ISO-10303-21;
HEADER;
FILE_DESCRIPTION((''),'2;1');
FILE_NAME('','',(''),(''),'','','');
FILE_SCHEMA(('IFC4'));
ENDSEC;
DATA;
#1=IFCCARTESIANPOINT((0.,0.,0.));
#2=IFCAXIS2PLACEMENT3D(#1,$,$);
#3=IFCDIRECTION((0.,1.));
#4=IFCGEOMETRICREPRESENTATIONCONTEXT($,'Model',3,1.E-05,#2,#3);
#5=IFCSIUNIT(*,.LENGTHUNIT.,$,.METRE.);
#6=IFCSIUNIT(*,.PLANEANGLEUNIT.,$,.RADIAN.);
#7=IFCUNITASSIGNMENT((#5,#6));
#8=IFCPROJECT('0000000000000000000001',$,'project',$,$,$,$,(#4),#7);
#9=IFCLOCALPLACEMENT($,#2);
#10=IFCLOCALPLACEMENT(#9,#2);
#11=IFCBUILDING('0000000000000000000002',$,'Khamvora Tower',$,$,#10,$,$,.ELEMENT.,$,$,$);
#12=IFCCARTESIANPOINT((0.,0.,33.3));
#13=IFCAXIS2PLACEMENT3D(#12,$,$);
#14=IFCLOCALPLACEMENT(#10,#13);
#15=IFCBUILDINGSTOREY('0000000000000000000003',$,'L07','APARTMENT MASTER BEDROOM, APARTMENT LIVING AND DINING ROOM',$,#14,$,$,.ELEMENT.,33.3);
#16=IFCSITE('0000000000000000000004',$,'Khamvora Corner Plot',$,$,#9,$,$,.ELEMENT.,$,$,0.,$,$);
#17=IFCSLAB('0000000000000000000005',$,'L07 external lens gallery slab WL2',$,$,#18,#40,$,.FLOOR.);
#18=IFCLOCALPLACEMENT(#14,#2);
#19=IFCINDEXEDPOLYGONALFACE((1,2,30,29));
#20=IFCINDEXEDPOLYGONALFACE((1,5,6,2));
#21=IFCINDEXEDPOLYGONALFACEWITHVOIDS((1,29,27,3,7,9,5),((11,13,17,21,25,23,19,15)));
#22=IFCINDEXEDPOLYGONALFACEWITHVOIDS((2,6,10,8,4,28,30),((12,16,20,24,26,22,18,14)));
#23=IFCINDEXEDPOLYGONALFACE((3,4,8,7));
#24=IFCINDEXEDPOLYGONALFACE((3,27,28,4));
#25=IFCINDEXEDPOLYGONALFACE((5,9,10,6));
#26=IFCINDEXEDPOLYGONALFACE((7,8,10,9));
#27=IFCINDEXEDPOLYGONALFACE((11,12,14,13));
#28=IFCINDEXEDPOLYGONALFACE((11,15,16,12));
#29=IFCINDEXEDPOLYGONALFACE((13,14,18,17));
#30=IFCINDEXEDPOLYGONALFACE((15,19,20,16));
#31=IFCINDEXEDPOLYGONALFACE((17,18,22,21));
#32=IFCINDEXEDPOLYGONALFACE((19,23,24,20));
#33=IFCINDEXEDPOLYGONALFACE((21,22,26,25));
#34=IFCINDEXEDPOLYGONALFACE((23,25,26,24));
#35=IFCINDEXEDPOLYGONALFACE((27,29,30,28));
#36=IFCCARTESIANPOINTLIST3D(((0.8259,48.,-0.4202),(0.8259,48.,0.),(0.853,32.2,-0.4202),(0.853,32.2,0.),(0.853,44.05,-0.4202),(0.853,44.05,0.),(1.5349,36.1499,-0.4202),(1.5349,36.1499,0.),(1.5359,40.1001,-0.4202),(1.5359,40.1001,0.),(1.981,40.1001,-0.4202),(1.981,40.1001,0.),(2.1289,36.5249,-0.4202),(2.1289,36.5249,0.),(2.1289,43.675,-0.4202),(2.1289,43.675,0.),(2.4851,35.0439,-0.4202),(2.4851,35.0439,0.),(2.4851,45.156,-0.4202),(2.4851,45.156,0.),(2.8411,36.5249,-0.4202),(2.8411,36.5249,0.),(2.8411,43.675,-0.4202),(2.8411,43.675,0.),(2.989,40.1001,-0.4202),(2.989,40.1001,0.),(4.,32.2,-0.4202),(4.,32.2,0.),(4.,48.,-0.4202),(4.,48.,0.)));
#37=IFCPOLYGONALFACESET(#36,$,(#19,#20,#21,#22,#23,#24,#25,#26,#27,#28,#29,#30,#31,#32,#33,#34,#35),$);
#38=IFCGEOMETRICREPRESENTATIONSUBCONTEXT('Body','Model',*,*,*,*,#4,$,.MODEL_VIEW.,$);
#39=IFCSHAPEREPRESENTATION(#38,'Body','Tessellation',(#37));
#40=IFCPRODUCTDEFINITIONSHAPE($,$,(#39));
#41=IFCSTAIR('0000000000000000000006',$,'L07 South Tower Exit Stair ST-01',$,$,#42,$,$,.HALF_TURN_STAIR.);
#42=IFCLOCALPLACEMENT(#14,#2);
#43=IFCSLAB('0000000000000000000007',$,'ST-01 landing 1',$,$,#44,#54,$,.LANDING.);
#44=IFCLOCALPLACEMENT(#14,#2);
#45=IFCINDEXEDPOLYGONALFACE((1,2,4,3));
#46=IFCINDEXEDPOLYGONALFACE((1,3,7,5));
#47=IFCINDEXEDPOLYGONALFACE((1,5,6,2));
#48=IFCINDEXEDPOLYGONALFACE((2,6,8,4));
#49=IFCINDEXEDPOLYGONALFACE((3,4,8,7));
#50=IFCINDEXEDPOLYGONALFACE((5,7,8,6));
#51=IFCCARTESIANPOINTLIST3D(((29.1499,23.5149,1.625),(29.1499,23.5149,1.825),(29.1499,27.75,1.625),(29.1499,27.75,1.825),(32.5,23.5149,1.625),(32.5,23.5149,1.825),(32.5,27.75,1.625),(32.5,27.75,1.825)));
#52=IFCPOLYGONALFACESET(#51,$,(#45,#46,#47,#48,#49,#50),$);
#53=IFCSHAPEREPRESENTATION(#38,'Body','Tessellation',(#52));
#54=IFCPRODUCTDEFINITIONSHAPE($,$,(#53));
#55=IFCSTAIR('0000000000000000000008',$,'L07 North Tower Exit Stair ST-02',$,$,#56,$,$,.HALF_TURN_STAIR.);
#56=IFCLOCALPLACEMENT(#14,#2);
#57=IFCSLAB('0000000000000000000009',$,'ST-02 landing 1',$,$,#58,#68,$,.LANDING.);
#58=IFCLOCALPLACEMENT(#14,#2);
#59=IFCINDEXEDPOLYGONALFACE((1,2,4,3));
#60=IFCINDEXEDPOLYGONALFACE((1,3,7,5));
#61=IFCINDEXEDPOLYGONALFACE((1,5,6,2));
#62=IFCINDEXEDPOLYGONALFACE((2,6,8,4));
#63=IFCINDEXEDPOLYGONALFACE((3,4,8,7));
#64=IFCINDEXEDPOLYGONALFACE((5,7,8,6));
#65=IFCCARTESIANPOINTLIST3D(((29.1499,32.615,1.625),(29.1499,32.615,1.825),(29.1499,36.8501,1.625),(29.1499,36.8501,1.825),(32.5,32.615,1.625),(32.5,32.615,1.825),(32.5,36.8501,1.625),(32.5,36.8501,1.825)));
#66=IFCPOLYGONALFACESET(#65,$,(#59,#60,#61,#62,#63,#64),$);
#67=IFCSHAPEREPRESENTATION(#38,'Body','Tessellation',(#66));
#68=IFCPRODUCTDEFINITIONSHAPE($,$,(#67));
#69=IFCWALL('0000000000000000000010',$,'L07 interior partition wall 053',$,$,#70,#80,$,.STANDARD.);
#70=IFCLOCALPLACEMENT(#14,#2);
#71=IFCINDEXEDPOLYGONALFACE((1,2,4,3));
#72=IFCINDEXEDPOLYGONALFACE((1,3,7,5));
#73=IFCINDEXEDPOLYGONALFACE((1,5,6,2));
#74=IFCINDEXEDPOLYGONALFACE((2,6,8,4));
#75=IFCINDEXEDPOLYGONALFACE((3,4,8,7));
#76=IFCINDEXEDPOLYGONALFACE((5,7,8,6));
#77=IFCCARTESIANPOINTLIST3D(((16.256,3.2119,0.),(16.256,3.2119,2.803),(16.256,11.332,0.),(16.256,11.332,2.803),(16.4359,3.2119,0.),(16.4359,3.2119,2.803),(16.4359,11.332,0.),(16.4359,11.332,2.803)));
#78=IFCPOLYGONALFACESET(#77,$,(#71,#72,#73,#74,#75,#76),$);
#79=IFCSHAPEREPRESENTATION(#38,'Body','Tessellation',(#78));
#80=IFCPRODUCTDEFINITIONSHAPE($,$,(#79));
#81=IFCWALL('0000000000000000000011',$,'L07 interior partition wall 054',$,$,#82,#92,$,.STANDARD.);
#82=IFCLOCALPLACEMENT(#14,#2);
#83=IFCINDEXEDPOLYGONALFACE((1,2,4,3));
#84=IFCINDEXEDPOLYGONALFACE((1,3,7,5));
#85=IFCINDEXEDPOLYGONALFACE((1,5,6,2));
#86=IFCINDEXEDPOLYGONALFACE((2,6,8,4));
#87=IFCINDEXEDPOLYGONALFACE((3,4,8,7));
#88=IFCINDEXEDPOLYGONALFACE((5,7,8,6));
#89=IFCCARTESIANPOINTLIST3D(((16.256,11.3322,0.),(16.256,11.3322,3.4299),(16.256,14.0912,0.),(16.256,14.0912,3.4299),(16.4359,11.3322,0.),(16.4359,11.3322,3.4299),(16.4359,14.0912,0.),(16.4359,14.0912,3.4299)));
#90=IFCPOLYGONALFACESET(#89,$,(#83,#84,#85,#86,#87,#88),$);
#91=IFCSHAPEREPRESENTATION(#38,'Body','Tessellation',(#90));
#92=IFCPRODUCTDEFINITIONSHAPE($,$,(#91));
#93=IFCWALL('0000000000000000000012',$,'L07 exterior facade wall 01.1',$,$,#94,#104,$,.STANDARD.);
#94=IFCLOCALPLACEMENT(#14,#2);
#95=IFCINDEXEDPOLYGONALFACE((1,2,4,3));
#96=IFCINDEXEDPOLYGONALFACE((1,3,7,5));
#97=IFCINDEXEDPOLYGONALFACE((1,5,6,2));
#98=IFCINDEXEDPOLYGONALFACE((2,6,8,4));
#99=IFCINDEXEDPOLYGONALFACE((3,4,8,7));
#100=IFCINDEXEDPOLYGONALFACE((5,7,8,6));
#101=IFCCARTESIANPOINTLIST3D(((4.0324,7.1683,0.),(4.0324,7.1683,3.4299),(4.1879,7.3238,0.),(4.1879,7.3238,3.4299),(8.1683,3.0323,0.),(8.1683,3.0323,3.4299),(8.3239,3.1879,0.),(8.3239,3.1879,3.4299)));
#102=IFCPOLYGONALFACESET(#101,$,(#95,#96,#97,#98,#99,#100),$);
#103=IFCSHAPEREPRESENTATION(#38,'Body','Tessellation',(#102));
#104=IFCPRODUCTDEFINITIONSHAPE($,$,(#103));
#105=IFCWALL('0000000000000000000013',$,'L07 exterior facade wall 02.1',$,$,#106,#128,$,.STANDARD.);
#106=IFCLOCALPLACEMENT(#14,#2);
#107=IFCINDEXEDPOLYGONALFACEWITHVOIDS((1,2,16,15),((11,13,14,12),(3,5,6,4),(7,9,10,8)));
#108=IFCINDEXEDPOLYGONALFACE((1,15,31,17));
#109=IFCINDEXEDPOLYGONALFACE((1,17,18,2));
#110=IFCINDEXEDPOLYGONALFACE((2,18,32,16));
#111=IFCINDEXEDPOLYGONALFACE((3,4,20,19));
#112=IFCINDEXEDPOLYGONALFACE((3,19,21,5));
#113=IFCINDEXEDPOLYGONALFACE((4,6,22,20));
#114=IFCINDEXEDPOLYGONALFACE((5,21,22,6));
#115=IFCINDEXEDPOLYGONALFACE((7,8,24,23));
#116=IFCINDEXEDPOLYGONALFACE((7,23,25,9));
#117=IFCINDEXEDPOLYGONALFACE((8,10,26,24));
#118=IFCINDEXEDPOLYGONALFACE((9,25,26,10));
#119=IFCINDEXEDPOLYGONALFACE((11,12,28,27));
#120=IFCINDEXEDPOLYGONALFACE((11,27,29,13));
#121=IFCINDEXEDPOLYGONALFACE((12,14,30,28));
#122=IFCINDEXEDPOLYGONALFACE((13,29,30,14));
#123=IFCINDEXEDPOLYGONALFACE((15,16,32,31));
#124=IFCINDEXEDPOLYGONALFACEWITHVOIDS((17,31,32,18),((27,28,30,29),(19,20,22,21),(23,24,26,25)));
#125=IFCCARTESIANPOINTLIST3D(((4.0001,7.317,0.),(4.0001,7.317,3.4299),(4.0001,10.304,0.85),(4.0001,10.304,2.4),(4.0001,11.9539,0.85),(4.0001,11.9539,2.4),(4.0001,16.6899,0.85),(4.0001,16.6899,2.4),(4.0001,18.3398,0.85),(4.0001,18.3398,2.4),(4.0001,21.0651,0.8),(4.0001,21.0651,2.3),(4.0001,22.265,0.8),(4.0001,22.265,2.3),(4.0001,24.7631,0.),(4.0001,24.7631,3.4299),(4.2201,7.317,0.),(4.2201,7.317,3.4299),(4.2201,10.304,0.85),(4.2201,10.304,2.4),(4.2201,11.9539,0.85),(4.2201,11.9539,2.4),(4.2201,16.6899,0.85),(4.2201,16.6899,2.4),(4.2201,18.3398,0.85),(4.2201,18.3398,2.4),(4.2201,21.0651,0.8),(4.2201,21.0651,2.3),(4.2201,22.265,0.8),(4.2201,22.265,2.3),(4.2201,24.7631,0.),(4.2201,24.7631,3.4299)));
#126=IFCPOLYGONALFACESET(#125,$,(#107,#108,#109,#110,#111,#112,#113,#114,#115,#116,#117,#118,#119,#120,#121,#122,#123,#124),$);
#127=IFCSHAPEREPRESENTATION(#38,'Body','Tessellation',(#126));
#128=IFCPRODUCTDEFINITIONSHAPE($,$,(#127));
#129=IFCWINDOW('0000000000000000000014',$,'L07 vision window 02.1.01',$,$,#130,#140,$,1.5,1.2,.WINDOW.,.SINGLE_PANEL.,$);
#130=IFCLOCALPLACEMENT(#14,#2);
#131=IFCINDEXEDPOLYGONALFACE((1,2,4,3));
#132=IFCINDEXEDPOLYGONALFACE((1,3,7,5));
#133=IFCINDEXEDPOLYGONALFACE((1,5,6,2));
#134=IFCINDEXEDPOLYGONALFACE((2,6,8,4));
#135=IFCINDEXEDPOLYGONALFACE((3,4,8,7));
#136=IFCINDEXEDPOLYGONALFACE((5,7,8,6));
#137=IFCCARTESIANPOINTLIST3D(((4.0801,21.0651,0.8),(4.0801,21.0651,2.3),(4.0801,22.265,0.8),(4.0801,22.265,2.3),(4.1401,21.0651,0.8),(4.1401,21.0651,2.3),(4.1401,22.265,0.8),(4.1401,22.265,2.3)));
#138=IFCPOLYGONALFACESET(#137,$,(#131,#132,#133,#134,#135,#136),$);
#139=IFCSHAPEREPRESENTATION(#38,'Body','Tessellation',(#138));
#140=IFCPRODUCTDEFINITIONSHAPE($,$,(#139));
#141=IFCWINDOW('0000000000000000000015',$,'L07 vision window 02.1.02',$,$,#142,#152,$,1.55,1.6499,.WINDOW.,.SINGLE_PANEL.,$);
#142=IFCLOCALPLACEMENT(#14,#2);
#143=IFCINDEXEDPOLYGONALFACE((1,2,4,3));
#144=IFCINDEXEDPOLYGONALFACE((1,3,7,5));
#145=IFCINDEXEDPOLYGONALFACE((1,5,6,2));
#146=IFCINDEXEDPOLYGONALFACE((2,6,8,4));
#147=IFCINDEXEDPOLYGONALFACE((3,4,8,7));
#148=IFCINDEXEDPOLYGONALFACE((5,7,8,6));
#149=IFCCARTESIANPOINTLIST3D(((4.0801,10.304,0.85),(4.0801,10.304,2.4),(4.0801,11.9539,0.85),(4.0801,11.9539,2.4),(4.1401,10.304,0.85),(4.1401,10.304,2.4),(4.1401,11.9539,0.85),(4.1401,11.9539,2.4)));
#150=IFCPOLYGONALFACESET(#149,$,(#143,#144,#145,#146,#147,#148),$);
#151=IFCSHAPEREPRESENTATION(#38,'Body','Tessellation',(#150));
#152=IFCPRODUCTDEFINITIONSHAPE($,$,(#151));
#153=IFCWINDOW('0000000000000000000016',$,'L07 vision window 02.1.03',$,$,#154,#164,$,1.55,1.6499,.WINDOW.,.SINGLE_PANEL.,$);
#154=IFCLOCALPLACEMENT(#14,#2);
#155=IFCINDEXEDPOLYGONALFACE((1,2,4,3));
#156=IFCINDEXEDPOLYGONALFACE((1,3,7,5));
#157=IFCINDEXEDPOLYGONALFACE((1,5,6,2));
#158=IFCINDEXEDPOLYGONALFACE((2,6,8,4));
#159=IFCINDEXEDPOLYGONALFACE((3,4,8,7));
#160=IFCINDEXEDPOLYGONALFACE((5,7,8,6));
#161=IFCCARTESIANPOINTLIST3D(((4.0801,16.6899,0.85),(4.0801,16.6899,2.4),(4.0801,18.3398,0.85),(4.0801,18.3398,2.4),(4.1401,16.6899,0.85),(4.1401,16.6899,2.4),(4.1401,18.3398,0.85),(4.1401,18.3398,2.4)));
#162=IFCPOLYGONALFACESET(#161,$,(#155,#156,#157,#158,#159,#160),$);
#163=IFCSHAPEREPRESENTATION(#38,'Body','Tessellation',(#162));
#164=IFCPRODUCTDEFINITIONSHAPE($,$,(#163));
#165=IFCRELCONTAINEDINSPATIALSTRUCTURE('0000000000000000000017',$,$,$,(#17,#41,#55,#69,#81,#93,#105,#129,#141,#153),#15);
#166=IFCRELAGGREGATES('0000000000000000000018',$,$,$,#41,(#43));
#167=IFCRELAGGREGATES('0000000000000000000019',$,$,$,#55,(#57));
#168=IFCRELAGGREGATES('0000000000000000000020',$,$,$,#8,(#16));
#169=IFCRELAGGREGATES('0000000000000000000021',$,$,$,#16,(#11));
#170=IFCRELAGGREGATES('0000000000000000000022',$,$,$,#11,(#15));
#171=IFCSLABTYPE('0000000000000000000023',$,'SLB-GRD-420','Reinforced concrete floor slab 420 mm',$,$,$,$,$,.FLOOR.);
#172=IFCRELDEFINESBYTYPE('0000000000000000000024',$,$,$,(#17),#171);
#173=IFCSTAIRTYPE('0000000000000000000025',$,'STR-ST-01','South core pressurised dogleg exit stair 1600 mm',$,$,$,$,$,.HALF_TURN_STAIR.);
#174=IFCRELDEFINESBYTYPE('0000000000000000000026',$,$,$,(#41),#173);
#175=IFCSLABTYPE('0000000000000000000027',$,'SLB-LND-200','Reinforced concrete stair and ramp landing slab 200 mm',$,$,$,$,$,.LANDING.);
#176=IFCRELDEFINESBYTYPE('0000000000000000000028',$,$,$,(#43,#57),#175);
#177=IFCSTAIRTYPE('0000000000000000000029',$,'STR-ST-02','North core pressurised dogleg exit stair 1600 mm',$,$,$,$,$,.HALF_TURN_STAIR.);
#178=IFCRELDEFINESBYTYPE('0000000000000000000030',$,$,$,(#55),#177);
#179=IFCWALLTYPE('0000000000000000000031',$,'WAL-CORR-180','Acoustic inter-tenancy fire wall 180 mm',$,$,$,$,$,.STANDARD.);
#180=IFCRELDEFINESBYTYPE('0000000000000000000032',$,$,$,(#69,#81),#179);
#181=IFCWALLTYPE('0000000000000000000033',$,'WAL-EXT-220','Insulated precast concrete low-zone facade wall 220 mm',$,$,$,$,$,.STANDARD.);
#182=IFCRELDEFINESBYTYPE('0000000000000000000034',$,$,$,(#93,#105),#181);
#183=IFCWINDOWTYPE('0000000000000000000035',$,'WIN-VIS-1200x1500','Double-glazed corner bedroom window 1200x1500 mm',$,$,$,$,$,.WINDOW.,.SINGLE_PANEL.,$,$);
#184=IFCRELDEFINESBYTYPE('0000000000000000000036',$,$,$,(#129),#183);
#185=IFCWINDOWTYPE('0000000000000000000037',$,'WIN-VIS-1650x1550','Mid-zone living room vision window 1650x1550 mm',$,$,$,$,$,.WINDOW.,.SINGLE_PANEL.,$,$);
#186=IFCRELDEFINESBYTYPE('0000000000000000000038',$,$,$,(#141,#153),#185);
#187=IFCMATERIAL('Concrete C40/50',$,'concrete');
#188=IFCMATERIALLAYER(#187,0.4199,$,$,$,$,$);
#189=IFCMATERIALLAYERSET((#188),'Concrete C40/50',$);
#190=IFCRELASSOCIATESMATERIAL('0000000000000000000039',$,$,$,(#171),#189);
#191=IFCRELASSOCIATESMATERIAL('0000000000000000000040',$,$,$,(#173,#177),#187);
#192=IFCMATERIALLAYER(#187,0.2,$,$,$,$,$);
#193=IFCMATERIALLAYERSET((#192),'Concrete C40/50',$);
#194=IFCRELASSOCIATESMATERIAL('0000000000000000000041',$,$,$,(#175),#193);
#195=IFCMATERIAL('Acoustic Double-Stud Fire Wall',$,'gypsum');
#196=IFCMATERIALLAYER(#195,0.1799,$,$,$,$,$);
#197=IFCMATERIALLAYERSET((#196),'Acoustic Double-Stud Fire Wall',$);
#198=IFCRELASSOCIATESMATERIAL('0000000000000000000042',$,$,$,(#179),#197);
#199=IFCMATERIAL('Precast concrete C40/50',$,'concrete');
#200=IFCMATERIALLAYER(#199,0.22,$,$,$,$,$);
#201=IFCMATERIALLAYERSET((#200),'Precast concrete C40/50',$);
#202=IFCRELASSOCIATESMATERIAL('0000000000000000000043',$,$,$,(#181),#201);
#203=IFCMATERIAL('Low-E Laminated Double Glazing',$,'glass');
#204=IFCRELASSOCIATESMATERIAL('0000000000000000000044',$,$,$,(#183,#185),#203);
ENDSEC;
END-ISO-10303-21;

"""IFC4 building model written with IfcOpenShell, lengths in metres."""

from ifc_helpers import new_model, si_unit, direction, frame, frame_2d, origin, place, context, subcontext, project, spatial, polyline, rectangle, outline, extrude, material, layer, layer_set, type_object, element, fill, aggregate, save


model = new_model("IFC4")

# Units and contexts
model_context = context("Model", 3, precision=1e-05, world=origin(), true_north=direction((0.0, 1.0)))
body_context = subcontext(model_context, "Body", "Model", "MODEL_VIEW")
ifc_project = project(units=[si_unit("LENGTHUNIT", "METRE"), si_unit("PLANEANGLEUNIT", "RADIAN")], contexts=[model_context])

# Site, building, storey
site_placement = place(None, origin())
site = spatial("IfcSite", under=ifc_project, at=site_placement, Name="Khamvora Corner Plot", CompositionType="ELEMENT", RefElevation=0.0)
building_placement = place(site_placement, origin())
building = spatial("IfcBuilding", under=site, at=building_placement, Name="Khamvora Tower", CompositionType="ELEMENT")
storey_placement = place(building_placement, frame((0.0, 0.0, 33.3)))
storey = spatial("IfcBuildingStorey", under=building, at=storey_placement, Name="L07", Description="APARTMENT MASTER BEDROOM, APARTMENT LIVING AND DINING ROOM", CompositionType="ELEMENT", Elevation=33.3)

# Slab
ifc_material_1 = material(Name="Concrete C40/50", Category="concrete")
ifc_layer_1 = layer(ifc_material_1, 0.4199)
ifc_layer_set_1 = layer_set([ifc_layer_1], Name="Concrete C40/50")
slab_type_1 = type_object("IfcSlabType", Name="SLB-GRD-420", Description="Reinforced concrete floor slab 420 mm", PredefinedType="FLOOR", material=ifc_layer_set_1)
slab_1_placement = place(storey_placement, frame((0.0, 0.0, -0.4202)))
element("IfcSlab", 1, at=slab_1_placement, inside=storey, type_object=slab_type_1, Name="L07 external lens gallery slab WL2", PredefinedType="FLOOR", context=body_context, shape_type="SweptSolid", body=[
    extrude(outline(polyline([(4.0, 32.2), (4.0, 48.0), (0.8259, 48.0), (0.853, 44.05), (1.5359, 40.1001), (1.5349, 36.1499), (0.853, 32.2), (4.0, 32.2)]), holes=[polyline([(2.989, 40.1001), (2.8411, 43.675), (2.4851, 45.156), (2.1289, 43.675), (1.981, 40.1001), (2.1289, 36.5249), (2.4851, 35.0439), (2.8411, 36.5249), (2.989, 40.1001)])]), origin(), (0.0, 0.0, 1.0), 0.4202),
])

# Stairs, slabs
stair_type_1 = type_object("IfcStairType", Name="STR-ST-01", Description="South core pressurised dogleg exit stair 1600 mm", PredefinedType="HALF_TURN_STAIR", material=ifc_material_1)
stair_1_placement = place(storey_placement, origin())
stair_1 = element("IfcStair", 2, at=stair_1_placement, inside=storey, type_object=stair_type_1, Name="L07 South Tower Exit Stair ST-01", PredefinedType="HALF_TURN_STAIR")
ifc_layer_2 = layer(ifc_material_1, 0.2)
ifc_layer_set_2 = layer_set([ifc_layer_2], Name="Concrete C40/50")
slab_type_2 = type_object("IfcSlabType", Name="SLB-LND-200", Description="Reinforced concrete stair and ramp landing slab 200 mm", PredefinedType="LANDING", material=ifc_layer_set_2)
slab_2_placement = place(storey_placement, frame((0.0, 0.0, 1.625)))
slab_2 = element("IfcSlab", 3, at=slab_2_placement, type_object=slab_type_2, Name="ST-01 landing 1", PredefinedType="LANDING", context=body_context, shape_type="SweptSolid", body=[
    extrude(outline(polyline([(32.5, 23.5149), (32.5, 27.75), (29.1499, 27.75), (29.1499, 23.5149), (32.5, 23.5149)])), origin(), (0.0, 0.0, 1.0), 0.2),
])
aggregate(stair_1, [slab_2])
stair_type_2 = type_object("IfcStairType", Name="STR-ST-02", Description="North core pressurised dogleg exit stair 1600 mm", PredefinedType="HALF_TURN_STAIR", material=ifc_material_1)
stair_2_placement = place(storey_placement, origin())
stair_2 = element("IfcStair", 4, at=stair_2_placement, inside=storey, type_object=stair_type_2, Name="L07 North Tower Exit Stair ST-02", PredefinedType="HALF_TURN_STAIR")
slab_3_placement = place(storey_placement, frame((0.0, 0.0, 1.625)))
slab_3 = element("IfcSlab", 5, at=slab_3_placement, type_object=slab_type_2, Name="ST-02 landing 1", PredefinedType="LANDING", context=body_context, shape_type="SweptSolid", body=[
    extrude(outline(polyline([(32.5, 32.615), (32.5, 36.8501), (29.1499, 36.8501), (29.1499, 32.615), (32.5, 32.615)])), origin(), (0.0, 0.0, 1.0), 0.2),
])
aggregate(stair_2, [slab_3])

# Walls
ifc_material_2 = material(Name="Acoustic Double-Stud Fire Wall", Category="gypsum")
ifc_layer_3 = layer(ifc_material_2, 0.1799)
ifc_layer_set_3 = layer_set([ifc_layer_3], Name="Acoustic Double-Stud Fire Wall")
wall_type_1 = type_object("IfcWallType", Name="WAL-CORR-180", Description="Acoustic inter-tenancy fire wall 180 mm", PredefinedType="STANDARD", material=ifc_layer_set_3)
wall_1_placement = place(storey_placement, frame((16.3459, 11.332, 0.0), z_axis=(0.0, 0.0, 1.0), x_axis=(0.0, -1.0, 0.0)))
element("IfcWall", 6, at=wall_1_placement, inside=storey, type_object=wall_type_1, Name="L07 interior partition wall 053", PredefinedType="STANDARD", context=body_context, shape_type="SweptSolid", body=[
    extrude(rectangle(XDim=8.1201, YDim=0.1799, at=frame_2d((4.0601, 0.0))), origin(), (0.0, 0.0, 1.0), 2.803),
])
wall_2_placement = place(storey_placement, frame((16.3459, 14.0911, 0.0), z_axis=(0.0, 0.0, 1.0), x_axis=(0.0, -1.0, 0.0)))
element("IfcWall", 7, at=wall_2_placement, inside=storey, type_object=wall_type_1, Name="L07 interior partition wall 054", PredefinedType="STANDARD", context=body_context, shape_type="SweptSolid", body=[
    extrude(rectangle(XDim=2.759, YDim=0.1799, at=frame_2d((1.3794, 0.0))), origin(), (0.0, 0.0, 1.0), 3.4299),
])
ifc_material_3 = material(Name="Precast concrete C40/50", Category="concrete")
ifc_layer_4 = layer(ifc_material_3, 0.22)
ifc_layer_set_4 = layer_set([ifc_layer_4], Name="Precast concrete C40/50")
wall_type_2 = type_object("IfcWallType", Name="WAL-EXT-220", Description="Insulated precast concrete low-zone facade wall 220 mm", PredefinedType="STANDARD", material=ifc_layer_set_4)
wall_3_placement = place(storey_placement, frame((8.2461, 3.1101, 0.0), z_axis=(0.0, 0.0, 1.0), x_axis=(-0.707107, 0.707107, 0.0)))
element("IfcWall", 8, at=wall_3_placement, inside=storey, type_object=wall_type_2, Name="L07 exterior facade wall 01.1", PredefinedType="STANDARD", context=body_context, shape_type="SweptSolid", body=[
    extrude(rectangle(XDim=5.8491, YDim=0.22, at=frame_2d((2.9246, 0.0))), origin(), (0.0, 0.0, 1.0), 3.4299),
])

# Wall, openings, windows
wall_4_placement = place(storey_placement, frame((4.1101, 7.3169, 0.0), z_axis=(0.0, 0.0, 1.0), x_axis=(0.0, 1.0, 0.0)))
wall_4 = element("IfcWall", 9, at=wall_4_placement, inside=storey, type_object=wall_type_2, Name="L07 exterior facade wall 02.1", PredefinedType="STANDARD", context=body_context, shape_type="SweptSolid", body=[
    extrude(rectangle(XDim=17.446, YDim=0.22, at=frame_2d((8.7231, 0.0))), origin(), (0.0, 0.0, 1.0), 3.4299),
])
opening_1_placement = place(wall_4_placement, frame((13.748, 0.0, 0.8)))
opening_1 = element("IfcOpeningElement", 10, at=opening_1_placement, cuts=wall_4, PredefinedType="OPENING", context=body_context, shape_type="SweptSolid", body=[
    extrude(rectangle(XDim=1.2, YDim=1.5, at=frame_2d((0.6001, 0.75))), frame((0.0, 0.1199, 0.0), z_axis=(0.0, -1.0, 0.0), x_axis=(1.0, 0.0, 0.0)), (0.0, 0.0, 1.0), 0.24),
])
opening_2_placement = place(wall_4_placement, frame((2.9871, 0.0, 0.8501)))
opening_2 = element("IfcOpeningElement", 11, at=opening_2_placement, cuts=wall_4, PredefinedType="OPENING", context=body_context, shape_type="SweptSolid", body=[
    extrude(rectangle(XDim=1.6499, YDim=1.55, at=frame_2d((0.825, 0.7749))), frame((0.0, 0.1199, 0.0), z_axis=(0.0, -1.0, 0.0), x_axis=(1.0, 0.0, 0.0)), (0.0, 0.0, 1.0), 0.24),
])
opening_3_placement = place(wall_4_placement, frame((9.373, 0.0, 0.8501)))
opening_3 = element("IfcOpeningElement", 12, at=opening_3_placement, cuts=wall_4, PredefinedType="OPENING", context=body_context, shape_type="SweptSolid", body=[
    extrude(rectangle(XDim=1.6499, YDim=1.55, at=frame_2d((0.825, 0.7749))), frame((0.0, 0.1199, 0.0), z_axis=(0.0, -1.0, 0.0), x_axis=(1.0, 0.0, 0.0)), (0.0, 0.0, 1.0), 0.24),
])
ifc_material_4 = material(Name="Low-E Laminated Double Glazing", Category="glass")
window_type_1 = type_object("IfcWindowType", Name="WIN-VIS-1200x1500", Description="Double-glazed corner bedroom window 1200x1500 mm", PartitioningType="SINGLE_PANEL", PredefinedType="WINDOW", material=ifc_material_4)
window_1_placement = place(opening_1_placement, origin())
window_1 = element("IfcWindow", 13, at=window_1_placement, inside=storey, type_object=window_type_1, Name="L07 vision window 02.1.01", OverallHeight=1.5, OverallWidth=1.2, PartitioningType="SINGLE_PANEL", PredefinedType="WINDOW", context=body_context, shape_type="SweptSolid", body=[
    extrude(rectangle(XDim=1.2, YDim=1.5, at=frame_2d((0.6001, 0.75))), frame((0.0, 0.03, 0.0), z_axis=(0.0, -1.0, 0.0), x_axis=(1.0, 0.0, 0.0)), (0.0, 0.0, 1.0), 0.0601),
])
fill(opening_1, window_1)
window_type_2 = type_object("IfcWindowType", Name="WIN-VIS-1650x1550", Description="Mid-zone living room vision window 1650x1550 mm", PartitioningType="SINGLE_PANEL", PredefinedType="WINDOW", material=ifc_material_4)
window_2_placement = place(opening_2_placement, origin())
window_2 = element("IfcWindow", 14, at=window_2_placement, inside=storey, type_object=window_type_2, Name="L07 vision window 02.1.02", OverallHeight=1.55, OverallWidth=1.6499, PartitioningType="SINGLE_PANEL", PredefinedType="WINDOW", context=body_context, shape_type="SweptSolid", body=[
    extrude(rectangle(XDim=1.6499, YDim=1.55, at=frame_2d((0.825, 0.7749))), frame((0.0, 0.03, 0.0), z_axis=(0.0, -1.0, 0.0), x_axis=(1.0, 0.0, 0.0)), (0.0, 0.0, 1.0), 0.0601),
])
fill(opening_2, window_2)
window_3_placement = place(opening_3_placement, origin())
window_3 = element("IfcWindow", 15, at=window_3_placement, inside=storey, type_object=window_type_2, Name="L07 vision window 02.1.03", OverallHeight=1.55, OverallWidth=1.6499, PartitioningType="SINGLE_PANEL", PredefinedType="WINDOW", context=body_context, shape_type="SweptSolid", body=[
    extrude(rectangle(XDim=1.6499, YDim=1.55, at=frame_2d((0.825, 0.7749))), frame((0.0, 0.03, 0.0), z_axis=(0.0, -1.0, 0.0), x_axis=(1.0, 0.0, 0.0)), (0.0, 0.0, 1.0), 0.0601),
])
fill(opening_3, window_3)

save(model, "model.ifc")
